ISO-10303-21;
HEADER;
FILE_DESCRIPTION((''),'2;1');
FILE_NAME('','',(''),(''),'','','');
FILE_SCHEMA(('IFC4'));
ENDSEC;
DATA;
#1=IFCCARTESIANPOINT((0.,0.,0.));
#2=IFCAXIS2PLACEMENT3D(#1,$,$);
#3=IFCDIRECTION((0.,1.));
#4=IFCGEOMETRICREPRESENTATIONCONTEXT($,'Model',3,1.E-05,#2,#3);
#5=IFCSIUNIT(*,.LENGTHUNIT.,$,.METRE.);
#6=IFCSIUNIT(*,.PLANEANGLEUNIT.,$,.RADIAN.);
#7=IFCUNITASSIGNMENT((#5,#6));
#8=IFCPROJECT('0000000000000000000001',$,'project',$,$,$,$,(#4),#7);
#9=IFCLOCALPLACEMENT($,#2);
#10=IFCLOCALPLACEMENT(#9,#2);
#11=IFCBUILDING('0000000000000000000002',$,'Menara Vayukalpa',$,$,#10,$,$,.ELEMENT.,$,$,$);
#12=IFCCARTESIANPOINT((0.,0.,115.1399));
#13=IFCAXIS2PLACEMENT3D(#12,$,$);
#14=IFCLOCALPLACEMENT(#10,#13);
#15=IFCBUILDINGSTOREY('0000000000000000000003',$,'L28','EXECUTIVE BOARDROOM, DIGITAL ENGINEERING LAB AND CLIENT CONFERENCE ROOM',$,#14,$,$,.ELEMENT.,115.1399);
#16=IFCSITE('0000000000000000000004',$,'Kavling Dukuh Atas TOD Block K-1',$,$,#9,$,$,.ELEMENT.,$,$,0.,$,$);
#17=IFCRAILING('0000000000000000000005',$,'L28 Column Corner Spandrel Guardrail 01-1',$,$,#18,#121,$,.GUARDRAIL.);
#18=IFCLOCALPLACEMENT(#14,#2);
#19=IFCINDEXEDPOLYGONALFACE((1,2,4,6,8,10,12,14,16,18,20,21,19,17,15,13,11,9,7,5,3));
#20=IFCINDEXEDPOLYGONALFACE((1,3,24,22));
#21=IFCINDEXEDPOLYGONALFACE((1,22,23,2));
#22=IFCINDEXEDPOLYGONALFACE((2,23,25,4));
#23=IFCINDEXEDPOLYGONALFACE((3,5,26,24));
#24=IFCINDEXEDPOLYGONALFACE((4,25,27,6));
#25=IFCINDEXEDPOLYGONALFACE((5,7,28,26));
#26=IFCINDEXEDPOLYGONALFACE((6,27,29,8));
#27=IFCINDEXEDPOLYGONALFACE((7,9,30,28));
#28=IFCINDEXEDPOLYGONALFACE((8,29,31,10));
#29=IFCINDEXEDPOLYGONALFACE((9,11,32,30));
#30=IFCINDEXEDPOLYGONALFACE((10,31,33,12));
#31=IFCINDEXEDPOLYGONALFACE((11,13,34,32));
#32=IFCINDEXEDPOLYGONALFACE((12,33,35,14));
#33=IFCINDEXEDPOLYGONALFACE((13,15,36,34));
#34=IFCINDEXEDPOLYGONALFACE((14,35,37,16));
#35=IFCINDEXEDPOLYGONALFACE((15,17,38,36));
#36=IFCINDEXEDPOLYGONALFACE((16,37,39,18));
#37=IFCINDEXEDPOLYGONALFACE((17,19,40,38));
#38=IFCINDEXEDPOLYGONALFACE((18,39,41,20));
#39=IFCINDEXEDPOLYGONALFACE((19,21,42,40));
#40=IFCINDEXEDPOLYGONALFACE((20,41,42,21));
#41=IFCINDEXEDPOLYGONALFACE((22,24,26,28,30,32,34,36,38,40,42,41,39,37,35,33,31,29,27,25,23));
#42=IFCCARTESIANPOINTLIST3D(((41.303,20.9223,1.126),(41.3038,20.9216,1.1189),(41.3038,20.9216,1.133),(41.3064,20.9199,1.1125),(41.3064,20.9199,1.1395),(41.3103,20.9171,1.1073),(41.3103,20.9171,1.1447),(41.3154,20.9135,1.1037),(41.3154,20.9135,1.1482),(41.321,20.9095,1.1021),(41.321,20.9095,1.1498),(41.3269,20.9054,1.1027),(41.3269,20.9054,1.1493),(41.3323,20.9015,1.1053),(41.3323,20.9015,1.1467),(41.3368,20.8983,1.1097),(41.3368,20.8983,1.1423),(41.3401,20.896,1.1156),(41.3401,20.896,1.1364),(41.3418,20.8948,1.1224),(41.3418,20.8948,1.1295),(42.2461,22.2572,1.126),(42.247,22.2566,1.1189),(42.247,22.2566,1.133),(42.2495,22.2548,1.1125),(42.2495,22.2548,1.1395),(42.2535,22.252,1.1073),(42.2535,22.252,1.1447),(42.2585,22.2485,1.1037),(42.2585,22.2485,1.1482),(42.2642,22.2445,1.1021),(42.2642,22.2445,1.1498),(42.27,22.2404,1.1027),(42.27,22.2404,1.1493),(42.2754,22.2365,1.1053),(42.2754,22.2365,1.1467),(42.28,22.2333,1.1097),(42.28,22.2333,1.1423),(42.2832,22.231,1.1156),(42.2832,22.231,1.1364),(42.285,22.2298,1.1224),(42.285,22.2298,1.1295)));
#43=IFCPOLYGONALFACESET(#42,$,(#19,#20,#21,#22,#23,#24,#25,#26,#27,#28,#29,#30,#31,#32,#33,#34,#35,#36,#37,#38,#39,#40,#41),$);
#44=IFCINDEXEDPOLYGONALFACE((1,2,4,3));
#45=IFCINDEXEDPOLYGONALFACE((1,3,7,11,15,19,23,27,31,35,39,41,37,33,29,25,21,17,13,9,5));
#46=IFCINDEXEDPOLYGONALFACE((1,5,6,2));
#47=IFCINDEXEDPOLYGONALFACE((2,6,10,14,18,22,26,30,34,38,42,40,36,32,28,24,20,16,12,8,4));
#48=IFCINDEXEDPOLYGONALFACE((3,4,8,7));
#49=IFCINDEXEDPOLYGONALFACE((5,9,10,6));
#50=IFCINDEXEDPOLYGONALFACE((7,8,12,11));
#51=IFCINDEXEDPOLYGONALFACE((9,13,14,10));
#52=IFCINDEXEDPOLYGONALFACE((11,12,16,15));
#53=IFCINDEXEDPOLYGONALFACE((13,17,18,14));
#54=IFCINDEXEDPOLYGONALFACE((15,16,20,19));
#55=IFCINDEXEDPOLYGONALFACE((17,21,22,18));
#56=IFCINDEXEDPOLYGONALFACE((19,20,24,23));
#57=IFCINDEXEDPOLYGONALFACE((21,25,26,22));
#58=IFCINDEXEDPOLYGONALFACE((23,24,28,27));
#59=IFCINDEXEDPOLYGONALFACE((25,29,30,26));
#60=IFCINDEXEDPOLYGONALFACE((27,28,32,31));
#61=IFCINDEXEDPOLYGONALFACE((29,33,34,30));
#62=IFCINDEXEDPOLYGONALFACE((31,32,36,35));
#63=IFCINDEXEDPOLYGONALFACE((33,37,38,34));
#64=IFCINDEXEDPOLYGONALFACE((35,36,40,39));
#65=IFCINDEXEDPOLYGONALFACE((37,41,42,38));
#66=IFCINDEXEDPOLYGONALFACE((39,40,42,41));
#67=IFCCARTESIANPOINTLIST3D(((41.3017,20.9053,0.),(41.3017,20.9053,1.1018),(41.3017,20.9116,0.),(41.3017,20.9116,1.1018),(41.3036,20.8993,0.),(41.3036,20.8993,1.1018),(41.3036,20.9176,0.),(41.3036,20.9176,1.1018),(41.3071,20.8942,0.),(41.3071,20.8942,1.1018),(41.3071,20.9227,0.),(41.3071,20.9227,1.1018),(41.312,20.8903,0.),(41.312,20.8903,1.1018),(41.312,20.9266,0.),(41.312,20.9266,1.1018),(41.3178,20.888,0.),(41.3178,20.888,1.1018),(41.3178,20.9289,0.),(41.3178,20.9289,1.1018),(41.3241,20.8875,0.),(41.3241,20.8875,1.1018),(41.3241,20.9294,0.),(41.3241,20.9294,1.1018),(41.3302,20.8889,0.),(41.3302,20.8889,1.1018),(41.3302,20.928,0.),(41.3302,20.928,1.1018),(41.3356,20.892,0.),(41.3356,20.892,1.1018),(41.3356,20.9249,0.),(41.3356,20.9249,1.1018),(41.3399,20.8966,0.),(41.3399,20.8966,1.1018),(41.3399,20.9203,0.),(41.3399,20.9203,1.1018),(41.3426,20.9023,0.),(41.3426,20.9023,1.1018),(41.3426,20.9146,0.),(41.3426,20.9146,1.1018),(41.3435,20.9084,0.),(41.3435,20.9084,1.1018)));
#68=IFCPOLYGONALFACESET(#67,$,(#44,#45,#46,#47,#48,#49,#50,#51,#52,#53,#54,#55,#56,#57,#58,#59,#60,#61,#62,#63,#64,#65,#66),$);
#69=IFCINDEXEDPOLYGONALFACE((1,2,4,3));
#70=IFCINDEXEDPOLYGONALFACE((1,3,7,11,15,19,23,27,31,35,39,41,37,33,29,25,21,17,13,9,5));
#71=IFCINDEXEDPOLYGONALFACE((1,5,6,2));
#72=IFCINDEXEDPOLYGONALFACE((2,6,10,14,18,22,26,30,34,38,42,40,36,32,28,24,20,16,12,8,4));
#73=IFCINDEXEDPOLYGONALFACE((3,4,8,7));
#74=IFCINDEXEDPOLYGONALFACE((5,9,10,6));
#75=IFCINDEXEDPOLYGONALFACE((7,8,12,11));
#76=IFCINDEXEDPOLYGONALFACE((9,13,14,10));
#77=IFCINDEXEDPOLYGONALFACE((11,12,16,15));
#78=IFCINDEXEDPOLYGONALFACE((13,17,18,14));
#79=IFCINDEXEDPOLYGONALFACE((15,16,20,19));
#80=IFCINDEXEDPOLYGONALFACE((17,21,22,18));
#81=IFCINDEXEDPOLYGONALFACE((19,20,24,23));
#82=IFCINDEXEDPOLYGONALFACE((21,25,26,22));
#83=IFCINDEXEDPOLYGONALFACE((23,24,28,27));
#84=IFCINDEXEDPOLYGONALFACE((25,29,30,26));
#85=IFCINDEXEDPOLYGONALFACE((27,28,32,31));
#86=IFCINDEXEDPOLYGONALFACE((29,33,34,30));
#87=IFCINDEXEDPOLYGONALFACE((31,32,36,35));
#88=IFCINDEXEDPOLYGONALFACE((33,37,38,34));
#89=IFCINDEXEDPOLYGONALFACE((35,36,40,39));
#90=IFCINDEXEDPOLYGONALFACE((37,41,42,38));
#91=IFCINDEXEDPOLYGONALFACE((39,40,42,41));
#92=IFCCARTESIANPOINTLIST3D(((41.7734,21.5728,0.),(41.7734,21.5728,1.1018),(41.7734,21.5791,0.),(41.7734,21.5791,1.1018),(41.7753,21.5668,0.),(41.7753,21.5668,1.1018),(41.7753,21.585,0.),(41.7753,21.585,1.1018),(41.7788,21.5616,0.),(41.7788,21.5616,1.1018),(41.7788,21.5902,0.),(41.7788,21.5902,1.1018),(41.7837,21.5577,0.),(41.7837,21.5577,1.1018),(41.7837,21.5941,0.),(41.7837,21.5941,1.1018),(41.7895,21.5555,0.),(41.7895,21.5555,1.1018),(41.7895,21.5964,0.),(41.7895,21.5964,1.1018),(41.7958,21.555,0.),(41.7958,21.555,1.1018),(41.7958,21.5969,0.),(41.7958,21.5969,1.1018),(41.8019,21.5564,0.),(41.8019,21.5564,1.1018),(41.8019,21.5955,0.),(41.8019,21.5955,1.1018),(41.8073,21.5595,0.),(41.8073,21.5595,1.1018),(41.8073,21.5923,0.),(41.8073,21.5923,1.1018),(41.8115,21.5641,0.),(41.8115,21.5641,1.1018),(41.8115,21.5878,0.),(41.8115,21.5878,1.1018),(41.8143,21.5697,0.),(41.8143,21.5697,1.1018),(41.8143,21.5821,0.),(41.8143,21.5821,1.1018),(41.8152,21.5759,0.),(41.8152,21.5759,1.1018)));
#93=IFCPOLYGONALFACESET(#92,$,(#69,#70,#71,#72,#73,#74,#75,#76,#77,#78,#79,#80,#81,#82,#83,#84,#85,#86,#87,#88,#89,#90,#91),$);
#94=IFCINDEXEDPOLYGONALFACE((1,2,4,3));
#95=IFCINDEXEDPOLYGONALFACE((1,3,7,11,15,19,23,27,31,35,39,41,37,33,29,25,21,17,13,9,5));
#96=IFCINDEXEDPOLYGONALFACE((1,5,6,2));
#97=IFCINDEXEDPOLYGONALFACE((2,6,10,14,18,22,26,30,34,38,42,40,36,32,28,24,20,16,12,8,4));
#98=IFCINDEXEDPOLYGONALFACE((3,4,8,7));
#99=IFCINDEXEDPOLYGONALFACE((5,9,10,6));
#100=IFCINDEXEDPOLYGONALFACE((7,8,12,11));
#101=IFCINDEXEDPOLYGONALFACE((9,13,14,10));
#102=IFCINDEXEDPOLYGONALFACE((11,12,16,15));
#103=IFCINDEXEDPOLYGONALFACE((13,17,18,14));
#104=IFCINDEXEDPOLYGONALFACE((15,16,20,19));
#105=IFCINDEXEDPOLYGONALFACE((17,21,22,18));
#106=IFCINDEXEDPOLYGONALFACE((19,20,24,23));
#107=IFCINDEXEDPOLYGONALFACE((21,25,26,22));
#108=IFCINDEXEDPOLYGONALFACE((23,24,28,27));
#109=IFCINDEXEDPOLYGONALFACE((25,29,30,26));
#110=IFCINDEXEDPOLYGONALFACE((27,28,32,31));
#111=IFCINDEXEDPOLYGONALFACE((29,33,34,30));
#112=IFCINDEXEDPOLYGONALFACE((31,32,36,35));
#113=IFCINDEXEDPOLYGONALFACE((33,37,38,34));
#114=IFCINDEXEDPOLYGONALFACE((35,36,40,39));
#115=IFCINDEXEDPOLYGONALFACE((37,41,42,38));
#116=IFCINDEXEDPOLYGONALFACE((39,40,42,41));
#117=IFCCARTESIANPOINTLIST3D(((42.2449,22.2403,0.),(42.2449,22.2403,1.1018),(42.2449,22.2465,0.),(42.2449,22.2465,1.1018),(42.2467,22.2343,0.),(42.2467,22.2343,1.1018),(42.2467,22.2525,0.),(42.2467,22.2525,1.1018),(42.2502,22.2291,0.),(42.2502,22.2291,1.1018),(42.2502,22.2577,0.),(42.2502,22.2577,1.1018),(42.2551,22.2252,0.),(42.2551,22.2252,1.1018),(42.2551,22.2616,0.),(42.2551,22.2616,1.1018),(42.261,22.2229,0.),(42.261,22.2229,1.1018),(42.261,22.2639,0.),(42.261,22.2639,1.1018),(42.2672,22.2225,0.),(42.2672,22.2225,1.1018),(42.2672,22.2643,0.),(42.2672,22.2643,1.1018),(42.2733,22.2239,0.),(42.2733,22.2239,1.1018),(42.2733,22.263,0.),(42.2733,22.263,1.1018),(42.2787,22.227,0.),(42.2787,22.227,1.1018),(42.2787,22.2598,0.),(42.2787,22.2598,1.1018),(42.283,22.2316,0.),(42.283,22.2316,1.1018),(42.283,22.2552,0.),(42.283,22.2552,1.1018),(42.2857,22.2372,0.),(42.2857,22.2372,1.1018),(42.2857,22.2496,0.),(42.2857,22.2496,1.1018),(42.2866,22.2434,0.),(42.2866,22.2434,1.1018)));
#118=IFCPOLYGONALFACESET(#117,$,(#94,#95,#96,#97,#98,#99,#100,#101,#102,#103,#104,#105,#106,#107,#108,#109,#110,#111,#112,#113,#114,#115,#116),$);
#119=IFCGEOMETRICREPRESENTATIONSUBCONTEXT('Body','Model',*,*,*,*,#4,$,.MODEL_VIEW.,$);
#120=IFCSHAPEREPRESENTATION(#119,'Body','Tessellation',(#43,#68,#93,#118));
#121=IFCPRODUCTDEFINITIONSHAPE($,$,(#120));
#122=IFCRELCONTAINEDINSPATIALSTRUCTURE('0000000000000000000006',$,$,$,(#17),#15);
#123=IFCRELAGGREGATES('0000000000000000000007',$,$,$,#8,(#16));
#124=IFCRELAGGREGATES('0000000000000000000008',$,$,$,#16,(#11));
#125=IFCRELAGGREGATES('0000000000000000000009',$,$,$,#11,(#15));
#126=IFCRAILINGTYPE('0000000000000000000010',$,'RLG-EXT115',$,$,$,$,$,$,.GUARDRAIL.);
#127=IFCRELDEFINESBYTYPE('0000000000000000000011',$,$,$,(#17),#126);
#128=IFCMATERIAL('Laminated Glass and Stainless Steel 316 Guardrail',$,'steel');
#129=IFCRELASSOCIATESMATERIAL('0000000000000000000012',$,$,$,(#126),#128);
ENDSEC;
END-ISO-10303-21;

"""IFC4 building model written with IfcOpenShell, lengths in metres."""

from ifc_helpers import new_model, si_unit, direction, frame, origin, origin_2d, place, context, subcontext, project, spatial, circle, extrude, material, type_object, element, save


model = new_model("IFC4")

# Units and contexts
model_context = context("Model", 3, precision=1e-05, world=origin(), true_north=direction((0.0, 1.0)))
body_context = subcontext(model_context, "Body", "Model", "MODEL_VIEW")
ifc_project = project(units=[si_unit("LENGTHUNIT", "METRE"), si_unit("PLANEANGLEUNIT", "RADIAN")], contexts=[model_context])

# Site, building, storey
site_placement = place(None, origin())
site = spatial("IfcSite", under=ifc_project, at=site_placement, Name="Kavling Dukuh Atas TOD Block K-1", CompositionType="ELEMENT", RefElevation=0.0)
building_placement = place(site_placement, origin())
building = spatial("IfcBuilding", under=site, at=building_placement, Name="Menara Vayukalpa", CompositionType="ELEMENT")
storey_placement = place(building_placement, frame((0.0, 0.0, 115.1399)))
storey = spatial("IfcBuildingStorey", under=building, at=storey_placement, Name="L28", Description="EXECUTIVE BOARDROOM, DIGITAL ENGINEERING LAB AND CLIENT CONFERENCE ROOM", CompositionType="ELEMENT", Elevation=115.1399)

# Railing
ifc_material_1 = material(Name="Laminated Glass and Stainless Steel 316 Guardrail", Category="steel")
railing_type_1 = type_object("IfcRailingType", Name="RLG-EXT115", PredefinedType="GUARDRAIL", material=ifc_material_1)
railing_1_placement = place(storey_placement, frame((41.3225, 20.9084, 0.0)))
element("IfcRailing", 1, at=railing_1_placement, inside=storey, type_object=railing_type_1, Name="L28 Column Corner Spandrel Guardrail 01-1", PredefinedType="GUARDRAIL", context=body_context, shape_type="SweptSolid", body=[
    extrude(circle(Radius=0.0239, at=origin_2d()), frame((0.0, 0.0, 1.126), z_axis=(0.577006, 0.81674, 0.0), x_axis=(-0.81674, 0.577006, 0.0)), (0.0, 0.0, 1.0), 1.6345),
    extrude(circle(Radius=0.021, at=origin_2d()), origin(), (0.0, 0.0, 1.0), 1.1018),
    extrude(circle(Radius=0.021, at=origin_2d()), frame((0.4717, 0.6675, 0.0)), (0.0, 0.0, 1.0), 1.1018),
    extrude(circle(Radius=0.021, at=origin_2d()), frame((0.9431, 1.335, 0.0)), (0.0, 0.0, 1.0), 1.1018),
])

save(model, "model.ifc")
